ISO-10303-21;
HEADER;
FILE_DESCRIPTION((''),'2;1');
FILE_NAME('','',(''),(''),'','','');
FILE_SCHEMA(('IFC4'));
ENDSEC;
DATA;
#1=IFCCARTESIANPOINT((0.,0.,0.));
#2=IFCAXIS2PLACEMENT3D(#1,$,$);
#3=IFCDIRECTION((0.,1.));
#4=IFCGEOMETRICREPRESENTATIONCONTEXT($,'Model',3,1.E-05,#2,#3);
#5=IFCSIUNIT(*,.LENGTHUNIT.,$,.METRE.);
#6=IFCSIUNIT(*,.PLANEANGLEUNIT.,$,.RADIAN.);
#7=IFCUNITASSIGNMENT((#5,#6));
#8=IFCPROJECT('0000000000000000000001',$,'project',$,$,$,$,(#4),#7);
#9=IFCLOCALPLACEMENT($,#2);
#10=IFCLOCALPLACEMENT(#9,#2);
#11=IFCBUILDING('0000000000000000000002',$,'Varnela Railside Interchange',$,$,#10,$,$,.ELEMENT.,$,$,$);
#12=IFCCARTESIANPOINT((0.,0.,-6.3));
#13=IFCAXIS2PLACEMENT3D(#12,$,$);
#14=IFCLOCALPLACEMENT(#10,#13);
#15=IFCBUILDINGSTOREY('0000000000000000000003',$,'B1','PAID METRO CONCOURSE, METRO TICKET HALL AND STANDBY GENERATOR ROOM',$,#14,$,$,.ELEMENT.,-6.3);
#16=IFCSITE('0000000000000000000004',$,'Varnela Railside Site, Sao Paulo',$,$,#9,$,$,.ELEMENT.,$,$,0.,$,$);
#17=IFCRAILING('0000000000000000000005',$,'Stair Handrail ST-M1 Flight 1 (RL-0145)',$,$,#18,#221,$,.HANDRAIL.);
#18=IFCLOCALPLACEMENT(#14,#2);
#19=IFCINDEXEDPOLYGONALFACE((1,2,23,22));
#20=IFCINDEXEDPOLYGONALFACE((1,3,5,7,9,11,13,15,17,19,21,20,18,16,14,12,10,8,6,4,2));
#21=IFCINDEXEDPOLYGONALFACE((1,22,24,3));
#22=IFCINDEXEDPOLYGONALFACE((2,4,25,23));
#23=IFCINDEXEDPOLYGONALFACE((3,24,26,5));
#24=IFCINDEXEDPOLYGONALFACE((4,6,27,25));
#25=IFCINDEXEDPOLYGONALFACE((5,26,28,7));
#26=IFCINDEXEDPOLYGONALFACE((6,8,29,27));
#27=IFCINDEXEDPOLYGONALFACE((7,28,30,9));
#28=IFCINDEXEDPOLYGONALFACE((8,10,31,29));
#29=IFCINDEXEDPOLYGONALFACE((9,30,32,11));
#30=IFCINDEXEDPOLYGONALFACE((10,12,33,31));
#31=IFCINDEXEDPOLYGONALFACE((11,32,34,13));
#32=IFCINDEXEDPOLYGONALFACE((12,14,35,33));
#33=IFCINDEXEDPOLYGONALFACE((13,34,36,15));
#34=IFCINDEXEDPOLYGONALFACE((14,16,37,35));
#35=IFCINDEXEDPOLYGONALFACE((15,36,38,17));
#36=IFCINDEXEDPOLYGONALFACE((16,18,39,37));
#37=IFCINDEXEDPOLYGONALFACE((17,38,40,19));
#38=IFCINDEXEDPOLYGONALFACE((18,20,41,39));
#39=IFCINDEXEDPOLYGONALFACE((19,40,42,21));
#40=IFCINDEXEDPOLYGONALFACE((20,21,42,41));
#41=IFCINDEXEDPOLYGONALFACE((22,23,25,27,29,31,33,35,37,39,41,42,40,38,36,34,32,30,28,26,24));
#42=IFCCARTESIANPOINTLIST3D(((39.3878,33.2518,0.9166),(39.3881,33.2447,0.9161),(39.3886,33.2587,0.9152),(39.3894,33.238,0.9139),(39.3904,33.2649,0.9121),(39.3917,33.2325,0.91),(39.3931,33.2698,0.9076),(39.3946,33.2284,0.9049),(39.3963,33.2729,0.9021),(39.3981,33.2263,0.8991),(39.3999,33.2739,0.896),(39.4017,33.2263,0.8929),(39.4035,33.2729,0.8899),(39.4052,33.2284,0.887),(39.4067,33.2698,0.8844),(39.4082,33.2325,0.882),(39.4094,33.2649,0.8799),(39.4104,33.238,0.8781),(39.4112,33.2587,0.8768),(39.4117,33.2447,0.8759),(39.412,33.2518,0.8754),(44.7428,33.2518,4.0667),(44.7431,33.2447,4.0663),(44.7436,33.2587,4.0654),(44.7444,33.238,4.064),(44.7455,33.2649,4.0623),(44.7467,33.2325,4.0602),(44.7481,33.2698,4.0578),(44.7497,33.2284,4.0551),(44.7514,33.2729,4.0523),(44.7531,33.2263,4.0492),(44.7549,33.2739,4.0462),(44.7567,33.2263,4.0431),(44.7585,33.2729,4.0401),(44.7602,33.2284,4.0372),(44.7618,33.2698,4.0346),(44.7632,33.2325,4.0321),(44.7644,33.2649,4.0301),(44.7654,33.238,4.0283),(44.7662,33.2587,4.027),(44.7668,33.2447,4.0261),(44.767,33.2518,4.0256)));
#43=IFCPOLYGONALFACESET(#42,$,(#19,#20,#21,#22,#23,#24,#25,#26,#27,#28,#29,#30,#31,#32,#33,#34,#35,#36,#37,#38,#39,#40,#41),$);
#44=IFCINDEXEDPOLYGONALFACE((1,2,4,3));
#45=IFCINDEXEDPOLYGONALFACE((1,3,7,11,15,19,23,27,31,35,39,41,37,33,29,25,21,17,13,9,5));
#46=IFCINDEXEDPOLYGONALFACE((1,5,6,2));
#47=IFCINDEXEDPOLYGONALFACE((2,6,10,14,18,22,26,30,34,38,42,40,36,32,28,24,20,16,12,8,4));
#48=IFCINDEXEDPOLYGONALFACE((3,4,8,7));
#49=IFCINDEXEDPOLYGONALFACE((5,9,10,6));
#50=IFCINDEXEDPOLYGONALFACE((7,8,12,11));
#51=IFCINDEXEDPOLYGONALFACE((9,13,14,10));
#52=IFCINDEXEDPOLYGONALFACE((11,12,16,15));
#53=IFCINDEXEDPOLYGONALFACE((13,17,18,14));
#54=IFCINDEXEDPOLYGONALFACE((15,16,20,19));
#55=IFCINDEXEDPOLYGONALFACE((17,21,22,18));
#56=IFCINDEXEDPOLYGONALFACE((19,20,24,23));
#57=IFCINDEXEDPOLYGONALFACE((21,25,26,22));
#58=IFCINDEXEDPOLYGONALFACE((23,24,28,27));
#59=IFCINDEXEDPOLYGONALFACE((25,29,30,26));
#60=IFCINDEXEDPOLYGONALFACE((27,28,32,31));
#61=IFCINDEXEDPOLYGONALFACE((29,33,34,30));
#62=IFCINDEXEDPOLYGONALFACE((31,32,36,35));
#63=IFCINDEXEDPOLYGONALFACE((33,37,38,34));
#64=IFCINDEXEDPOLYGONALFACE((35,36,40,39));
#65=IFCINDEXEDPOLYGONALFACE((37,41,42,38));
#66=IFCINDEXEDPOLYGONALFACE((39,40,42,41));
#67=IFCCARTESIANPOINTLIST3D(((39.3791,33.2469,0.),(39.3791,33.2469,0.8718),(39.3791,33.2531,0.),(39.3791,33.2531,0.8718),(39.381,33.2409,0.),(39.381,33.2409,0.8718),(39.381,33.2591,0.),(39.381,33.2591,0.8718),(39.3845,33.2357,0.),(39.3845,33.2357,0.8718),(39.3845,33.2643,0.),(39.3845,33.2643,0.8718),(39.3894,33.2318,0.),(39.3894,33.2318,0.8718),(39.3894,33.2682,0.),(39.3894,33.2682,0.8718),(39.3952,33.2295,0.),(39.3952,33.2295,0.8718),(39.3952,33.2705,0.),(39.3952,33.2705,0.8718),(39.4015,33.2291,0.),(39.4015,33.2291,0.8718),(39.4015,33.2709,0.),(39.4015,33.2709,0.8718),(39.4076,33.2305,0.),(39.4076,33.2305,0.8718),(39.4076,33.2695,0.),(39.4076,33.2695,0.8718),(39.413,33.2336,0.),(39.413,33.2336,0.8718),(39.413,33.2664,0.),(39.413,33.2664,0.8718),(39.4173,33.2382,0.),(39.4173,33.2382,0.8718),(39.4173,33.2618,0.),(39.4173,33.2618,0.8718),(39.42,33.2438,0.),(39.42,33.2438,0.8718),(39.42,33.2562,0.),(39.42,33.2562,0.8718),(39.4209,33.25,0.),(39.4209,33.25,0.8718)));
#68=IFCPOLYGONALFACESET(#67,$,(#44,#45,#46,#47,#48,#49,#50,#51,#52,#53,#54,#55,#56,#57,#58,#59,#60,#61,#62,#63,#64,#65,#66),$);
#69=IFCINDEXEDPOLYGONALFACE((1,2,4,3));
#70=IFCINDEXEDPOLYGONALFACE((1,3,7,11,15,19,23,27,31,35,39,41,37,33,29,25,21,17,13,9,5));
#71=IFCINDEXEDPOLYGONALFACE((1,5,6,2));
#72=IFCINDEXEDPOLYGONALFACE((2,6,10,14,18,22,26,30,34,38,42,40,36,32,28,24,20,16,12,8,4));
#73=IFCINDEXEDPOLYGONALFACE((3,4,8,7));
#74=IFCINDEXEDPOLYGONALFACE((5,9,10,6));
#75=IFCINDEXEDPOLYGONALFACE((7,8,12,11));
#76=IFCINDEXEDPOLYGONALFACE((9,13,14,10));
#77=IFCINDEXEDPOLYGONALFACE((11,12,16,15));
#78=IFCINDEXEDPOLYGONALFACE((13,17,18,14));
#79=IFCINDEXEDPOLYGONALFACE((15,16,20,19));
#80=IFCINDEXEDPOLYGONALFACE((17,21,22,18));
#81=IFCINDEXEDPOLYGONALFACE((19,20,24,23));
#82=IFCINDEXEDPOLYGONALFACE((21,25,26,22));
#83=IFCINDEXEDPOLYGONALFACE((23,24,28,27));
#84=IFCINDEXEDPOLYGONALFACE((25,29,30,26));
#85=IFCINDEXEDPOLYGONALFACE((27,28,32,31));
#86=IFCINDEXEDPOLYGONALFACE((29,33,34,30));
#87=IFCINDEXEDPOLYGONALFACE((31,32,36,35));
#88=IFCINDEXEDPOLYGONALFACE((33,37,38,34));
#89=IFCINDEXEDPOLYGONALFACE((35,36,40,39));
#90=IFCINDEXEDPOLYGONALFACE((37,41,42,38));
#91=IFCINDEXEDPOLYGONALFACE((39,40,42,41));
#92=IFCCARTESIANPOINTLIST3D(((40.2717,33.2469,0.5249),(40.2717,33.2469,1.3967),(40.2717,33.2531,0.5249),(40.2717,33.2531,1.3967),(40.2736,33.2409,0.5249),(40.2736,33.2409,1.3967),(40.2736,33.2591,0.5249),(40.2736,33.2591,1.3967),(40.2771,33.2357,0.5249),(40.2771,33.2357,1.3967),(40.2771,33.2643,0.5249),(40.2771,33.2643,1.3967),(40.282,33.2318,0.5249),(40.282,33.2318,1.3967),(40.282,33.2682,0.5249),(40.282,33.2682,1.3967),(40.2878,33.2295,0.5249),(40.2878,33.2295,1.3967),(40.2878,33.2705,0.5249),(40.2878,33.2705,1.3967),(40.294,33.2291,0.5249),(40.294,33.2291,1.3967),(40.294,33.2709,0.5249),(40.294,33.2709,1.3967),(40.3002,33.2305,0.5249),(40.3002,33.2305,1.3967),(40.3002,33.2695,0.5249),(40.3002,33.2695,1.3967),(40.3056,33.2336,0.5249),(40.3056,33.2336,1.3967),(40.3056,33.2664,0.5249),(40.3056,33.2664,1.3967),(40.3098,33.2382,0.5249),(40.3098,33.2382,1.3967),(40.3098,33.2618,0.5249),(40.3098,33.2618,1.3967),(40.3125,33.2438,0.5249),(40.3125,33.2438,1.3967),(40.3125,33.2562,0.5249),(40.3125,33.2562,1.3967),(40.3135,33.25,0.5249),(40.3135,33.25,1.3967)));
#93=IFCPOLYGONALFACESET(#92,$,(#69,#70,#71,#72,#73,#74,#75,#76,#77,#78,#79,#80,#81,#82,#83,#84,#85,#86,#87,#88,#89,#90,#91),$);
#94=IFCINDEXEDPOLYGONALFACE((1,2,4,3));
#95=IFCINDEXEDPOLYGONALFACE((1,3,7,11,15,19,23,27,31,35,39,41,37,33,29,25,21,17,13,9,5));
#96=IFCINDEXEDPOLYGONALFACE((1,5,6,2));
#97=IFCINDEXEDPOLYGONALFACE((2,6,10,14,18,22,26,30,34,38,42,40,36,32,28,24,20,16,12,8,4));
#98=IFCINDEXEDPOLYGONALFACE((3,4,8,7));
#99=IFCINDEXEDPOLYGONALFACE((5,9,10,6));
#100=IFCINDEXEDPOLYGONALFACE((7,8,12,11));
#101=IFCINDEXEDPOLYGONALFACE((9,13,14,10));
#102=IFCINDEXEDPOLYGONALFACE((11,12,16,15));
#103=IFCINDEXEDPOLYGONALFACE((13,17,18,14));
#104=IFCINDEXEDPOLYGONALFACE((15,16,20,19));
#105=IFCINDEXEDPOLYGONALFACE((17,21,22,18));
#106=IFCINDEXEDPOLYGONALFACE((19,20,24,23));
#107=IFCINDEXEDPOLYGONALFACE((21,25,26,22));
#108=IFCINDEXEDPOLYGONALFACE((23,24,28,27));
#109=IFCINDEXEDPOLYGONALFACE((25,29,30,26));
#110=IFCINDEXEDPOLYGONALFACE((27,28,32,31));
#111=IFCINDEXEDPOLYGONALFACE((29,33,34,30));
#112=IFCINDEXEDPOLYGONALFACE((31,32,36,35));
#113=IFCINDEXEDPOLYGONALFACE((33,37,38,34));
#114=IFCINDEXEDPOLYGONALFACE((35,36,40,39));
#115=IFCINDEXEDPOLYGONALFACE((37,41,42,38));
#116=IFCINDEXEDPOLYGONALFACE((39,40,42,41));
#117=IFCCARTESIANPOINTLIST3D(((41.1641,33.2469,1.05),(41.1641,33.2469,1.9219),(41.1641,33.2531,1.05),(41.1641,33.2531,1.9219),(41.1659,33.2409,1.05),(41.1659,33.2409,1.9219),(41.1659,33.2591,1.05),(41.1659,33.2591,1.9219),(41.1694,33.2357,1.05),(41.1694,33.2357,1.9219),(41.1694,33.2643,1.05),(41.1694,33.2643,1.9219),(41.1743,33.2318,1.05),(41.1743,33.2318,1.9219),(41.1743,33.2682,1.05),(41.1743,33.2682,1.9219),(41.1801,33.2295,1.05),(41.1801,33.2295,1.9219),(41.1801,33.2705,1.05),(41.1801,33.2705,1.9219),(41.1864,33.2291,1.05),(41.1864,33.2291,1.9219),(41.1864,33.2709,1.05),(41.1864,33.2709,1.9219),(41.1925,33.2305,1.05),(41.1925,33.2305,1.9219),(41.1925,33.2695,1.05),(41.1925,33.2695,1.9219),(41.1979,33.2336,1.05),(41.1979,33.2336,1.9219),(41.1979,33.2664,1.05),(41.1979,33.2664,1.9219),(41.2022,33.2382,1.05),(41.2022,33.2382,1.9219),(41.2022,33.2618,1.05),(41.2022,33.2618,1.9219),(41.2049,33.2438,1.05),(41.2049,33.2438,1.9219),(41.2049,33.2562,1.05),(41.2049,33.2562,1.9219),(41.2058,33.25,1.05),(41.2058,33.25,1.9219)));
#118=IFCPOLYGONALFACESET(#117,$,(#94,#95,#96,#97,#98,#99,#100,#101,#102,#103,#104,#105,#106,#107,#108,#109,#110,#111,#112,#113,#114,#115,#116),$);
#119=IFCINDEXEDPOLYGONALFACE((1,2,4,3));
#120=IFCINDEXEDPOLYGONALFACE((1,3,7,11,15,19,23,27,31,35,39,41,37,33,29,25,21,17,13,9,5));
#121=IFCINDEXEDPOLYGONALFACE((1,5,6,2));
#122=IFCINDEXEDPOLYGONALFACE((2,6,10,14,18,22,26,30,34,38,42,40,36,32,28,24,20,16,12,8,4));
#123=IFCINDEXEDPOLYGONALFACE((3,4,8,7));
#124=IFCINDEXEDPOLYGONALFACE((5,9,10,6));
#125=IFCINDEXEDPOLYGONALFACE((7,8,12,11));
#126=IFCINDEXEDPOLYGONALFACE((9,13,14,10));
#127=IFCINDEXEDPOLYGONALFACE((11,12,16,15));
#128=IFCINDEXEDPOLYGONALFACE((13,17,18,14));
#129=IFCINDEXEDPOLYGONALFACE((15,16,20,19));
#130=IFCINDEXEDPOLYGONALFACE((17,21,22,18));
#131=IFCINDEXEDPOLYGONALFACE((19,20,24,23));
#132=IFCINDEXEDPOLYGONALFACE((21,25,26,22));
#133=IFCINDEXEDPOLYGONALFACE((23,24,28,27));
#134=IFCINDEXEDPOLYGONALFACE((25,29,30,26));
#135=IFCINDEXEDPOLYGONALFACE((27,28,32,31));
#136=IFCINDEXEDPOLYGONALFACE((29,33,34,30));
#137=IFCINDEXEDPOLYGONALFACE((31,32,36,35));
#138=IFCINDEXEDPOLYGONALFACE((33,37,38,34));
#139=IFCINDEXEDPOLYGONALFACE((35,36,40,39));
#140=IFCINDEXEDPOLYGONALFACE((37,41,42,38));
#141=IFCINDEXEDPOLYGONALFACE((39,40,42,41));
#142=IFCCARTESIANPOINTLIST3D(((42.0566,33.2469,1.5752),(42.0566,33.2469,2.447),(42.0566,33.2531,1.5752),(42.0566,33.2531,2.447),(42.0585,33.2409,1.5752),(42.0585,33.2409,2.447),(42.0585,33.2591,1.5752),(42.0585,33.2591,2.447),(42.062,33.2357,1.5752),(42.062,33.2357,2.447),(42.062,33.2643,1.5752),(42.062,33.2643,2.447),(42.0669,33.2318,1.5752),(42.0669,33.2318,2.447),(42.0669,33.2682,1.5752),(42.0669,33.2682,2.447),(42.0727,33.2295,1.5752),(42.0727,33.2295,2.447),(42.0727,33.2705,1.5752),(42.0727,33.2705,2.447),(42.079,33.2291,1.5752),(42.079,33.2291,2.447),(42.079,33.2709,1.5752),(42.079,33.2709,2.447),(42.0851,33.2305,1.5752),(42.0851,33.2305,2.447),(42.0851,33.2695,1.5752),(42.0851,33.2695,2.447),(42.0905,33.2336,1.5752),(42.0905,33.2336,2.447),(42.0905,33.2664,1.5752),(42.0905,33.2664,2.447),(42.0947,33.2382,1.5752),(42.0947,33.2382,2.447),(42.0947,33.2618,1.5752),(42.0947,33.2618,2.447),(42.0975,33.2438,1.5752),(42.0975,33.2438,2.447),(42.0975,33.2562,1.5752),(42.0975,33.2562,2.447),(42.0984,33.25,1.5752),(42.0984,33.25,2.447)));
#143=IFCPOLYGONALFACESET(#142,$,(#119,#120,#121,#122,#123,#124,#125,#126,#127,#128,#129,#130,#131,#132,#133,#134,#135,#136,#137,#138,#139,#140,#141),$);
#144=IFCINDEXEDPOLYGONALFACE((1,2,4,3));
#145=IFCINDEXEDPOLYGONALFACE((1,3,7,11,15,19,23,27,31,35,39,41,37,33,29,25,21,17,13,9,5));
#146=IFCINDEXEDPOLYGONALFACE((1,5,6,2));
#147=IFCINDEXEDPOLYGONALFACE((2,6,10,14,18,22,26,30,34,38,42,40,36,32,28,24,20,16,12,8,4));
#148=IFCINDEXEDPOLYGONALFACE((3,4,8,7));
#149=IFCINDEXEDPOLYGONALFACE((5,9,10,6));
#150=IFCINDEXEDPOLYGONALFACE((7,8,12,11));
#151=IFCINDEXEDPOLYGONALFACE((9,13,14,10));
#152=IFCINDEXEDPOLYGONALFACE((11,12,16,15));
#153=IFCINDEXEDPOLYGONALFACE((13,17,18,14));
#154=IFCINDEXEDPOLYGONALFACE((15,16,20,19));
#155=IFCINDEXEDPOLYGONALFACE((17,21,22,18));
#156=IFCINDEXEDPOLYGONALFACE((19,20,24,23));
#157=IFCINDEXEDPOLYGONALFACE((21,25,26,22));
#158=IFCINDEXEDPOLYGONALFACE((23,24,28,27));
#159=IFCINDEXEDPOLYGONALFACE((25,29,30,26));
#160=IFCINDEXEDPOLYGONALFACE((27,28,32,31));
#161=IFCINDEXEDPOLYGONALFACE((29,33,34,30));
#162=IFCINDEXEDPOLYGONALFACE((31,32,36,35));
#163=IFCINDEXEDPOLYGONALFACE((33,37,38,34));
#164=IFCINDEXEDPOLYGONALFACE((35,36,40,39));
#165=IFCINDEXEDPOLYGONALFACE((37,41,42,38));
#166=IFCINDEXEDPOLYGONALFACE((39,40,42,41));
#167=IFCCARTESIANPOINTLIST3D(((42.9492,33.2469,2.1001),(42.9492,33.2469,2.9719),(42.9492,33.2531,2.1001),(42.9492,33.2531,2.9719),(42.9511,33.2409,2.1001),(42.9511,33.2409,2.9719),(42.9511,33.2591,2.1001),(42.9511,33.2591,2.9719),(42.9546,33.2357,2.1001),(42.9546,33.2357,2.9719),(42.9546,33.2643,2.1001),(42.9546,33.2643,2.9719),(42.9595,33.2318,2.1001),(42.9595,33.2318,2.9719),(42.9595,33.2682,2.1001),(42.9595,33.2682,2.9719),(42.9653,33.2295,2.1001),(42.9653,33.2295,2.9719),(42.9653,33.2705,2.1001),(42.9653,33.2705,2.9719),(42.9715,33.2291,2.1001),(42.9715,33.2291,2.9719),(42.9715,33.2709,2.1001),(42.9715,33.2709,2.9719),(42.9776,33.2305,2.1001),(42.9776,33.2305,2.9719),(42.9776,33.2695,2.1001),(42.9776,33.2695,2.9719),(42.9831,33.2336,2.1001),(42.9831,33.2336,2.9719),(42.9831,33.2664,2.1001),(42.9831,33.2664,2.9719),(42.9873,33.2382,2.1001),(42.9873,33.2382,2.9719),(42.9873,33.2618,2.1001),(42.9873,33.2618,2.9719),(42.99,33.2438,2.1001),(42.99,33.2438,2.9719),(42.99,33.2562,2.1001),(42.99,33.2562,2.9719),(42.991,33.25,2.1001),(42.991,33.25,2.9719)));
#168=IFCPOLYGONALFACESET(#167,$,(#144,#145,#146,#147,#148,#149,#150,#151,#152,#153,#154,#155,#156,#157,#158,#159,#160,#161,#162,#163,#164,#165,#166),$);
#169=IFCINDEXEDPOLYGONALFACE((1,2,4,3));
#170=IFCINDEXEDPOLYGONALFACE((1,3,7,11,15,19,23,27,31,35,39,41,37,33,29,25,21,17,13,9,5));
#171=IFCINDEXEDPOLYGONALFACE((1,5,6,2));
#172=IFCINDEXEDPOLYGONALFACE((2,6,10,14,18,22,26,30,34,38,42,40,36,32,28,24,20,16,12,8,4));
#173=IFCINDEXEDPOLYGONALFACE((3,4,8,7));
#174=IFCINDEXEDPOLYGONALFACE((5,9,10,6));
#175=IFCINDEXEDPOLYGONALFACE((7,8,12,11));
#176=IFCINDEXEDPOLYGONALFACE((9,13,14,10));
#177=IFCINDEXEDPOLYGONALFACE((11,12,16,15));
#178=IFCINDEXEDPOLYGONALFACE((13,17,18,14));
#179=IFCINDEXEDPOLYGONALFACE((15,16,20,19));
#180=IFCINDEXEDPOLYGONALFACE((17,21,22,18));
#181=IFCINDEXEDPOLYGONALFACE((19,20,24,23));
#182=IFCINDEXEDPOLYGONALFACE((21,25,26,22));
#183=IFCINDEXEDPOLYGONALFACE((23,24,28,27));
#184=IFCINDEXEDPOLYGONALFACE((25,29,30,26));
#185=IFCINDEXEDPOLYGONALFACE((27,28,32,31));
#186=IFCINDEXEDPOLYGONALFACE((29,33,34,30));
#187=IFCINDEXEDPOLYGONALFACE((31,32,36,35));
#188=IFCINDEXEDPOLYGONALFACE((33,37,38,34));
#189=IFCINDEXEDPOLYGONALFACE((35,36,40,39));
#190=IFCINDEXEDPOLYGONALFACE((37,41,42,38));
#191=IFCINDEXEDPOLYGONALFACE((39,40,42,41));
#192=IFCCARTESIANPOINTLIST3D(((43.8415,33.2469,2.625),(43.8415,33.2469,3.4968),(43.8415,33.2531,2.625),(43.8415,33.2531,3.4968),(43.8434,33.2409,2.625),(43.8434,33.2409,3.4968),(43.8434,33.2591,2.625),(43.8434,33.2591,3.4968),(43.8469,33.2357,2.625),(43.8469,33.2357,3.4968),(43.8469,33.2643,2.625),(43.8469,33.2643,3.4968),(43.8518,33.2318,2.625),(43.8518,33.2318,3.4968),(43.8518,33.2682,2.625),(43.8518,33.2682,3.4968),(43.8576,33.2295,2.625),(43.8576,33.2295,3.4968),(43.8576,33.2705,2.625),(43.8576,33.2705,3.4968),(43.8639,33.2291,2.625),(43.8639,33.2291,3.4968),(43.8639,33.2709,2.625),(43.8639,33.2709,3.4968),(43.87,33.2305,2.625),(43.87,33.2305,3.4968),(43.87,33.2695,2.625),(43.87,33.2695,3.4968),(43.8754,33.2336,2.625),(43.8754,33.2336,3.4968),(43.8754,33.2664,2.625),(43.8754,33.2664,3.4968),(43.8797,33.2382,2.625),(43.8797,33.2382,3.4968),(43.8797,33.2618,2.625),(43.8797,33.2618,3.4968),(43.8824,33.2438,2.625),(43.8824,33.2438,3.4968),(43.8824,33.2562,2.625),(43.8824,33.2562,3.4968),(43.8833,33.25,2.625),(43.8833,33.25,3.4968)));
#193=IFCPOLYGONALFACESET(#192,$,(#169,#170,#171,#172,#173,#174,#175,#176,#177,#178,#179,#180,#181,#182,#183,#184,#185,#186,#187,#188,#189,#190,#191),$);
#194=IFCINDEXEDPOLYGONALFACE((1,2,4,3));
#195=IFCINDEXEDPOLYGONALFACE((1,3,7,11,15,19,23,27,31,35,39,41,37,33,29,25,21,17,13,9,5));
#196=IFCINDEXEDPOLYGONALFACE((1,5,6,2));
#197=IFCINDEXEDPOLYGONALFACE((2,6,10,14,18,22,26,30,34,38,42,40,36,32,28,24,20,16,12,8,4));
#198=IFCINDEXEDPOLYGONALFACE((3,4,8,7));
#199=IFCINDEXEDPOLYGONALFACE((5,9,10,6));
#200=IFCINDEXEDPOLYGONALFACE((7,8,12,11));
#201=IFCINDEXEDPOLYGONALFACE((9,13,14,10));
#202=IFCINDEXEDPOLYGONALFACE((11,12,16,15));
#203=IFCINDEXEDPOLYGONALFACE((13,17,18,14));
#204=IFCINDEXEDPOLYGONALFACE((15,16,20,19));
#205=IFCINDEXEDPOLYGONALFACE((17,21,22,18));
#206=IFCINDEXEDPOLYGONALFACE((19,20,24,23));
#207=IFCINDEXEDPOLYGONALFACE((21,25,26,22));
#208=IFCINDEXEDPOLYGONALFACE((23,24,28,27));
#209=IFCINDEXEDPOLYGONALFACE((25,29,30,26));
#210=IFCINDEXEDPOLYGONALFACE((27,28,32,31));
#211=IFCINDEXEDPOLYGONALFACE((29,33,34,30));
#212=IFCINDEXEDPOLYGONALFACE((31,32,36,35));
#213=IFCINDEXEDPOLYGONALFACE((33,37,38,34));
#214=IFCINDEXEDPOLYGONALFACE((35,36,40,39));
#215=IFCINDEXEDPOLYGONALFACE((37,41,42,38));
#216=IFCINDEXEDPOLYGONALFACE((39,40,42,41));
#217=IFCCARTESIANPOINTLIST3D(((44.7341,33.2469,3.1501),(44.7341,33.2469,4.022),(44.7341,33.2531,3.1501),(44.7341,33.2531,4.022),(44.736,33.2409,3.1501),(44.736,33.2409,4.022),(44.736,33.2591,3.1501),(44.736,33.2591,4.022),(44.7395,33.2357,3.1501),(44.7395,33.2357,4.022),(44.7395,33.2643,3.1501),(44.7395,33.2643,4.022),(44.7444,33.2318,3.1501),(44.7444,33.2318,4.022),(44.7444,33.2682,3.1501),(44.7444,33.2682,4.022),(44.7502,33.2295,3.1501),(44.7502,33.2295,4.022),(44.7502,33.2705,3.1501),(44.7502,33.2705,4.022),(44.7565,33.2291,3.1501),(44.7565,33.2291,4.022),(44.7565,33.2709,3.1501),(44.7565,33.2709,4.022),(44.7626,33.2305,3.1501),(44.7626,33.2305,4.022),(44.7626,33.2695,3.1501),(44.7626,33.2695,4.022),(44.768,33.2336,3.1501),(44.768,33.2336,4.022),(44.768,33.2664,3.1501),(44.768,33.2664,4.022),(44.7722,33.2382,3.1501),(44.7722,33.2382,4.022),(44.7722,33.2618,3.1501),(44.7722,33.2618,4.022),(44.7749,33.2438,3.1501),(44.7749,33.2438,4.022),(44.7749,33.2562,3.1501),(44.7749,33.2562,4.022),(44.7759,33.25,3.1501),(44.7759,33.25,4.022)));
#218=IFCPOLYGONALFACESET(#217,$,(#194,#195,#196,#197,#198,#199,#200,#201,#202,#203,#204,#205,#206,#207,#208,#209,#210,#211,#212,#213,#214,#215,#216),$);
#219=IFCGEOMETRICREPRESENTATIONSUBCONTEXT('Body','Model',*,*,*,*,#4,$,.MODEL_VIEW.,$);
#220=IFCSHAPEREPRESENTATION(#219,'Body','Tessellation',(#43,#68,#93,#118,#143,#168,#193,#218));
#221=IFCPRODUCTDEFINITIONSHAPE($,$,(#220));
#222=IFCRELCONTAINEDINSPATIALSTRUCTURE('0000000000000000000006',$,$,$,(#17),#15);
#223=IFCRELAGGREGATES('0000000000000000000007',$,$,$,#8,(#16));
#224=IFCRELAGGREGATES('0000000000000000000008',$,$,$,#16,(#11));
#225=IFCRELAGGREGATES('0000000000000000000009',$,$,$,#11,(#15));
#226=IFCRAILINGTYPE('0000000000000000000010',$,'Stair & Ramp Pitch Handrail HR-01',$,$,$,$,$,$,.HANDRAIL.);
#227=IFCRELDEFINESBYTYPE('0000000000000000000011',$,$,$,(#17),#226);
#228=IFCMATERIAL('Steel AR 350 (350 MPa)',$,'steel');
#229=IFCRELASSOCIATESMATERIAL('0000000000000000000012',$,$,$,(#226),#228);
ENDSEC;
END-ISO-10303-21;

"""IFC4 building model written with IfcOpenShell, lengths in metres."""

from ifc_helpers import new_model, si_unit, direction, frame, origin, origin_2d, place, context, subcontext, project, spatial, circle, extrude, material, type_object, element, save


model = new_model("IFC4")

# Units and contexts
model_context = context("Model", 3, precision=1e-05, world=origin(), true_north=direction((0.0, 1.0)))
body_context = subcontext(model_context, "Body", "Model", "MODEL_VIEW")
ifc_project = project(units=[si_unit("LENGTHUNIT", "METRE"), si_unit("PLANEANGLEUNIT", "RADIAN")], contexts=[model_context])

# Site, building, storey
site_placement = place(None, origin())
site = spatial("IfcSite", under=ifc_project, at=site_placement, Name="Varnela Railside Site, Sao Paulo", CompositionType="ELEMENT", RefElevation=0.0)
building_placement = place(site_placement, origin())
building = spatial("IfcBuilding", under=site, at=building_placement, Name="Varnela Railside Interchange", CompositionType="ELEMENT")
storey_placement = place(building_placement, frame((0.0, 0.0, -6.3)))
storey = spatial("IfcBuildingStorey", under=building, at=storey_placement, Name="B1", Description="PAID METRO CONCOURSE, METRO TICKET HALL AND STANDBY GENERATOR ROOM", CompositionType="ELEMENT", Elevation=-6.3)

# Shared definitions
ifc_material_1 = material(Name="Steel AR 350 (350 MPa)", Category="steel")

# Railing
railing_type_1 = type_object("IfcRailingType", Name="Stair & Ramp Pitch Handrail HR-01", PredefinedType="HANDRAIL", material=ifc_material_1)
railing_1_placement = place(storey_placement, frame((39.3999, 33.25, 0.0)))
element("IfcRailing", 1, at=railing_1_placement, inside=storey, type_object=railing_type_1, Name="Stair Handrail ST-M1 Flight 1 (RL-0145)", PredefinedType="HANDRAIL", context=body_context, shape_type="SweptSolid", body=[
    extrude(circle(Radius=0.0239, at=origin_2d()), frame((0.0, 0.0, 0.896), z_axis=(0.861923, 0.0, 0.507039), x_axis=(0.0, 1.0, 0.0)), (0.0, 0.0, 1.0), 6.2129),
    extrude(circle(Radius=0.021, at=origin_2d()), origin(), (0.0, 0.0, 1.0), 0.8718),
    extrude(circle(Radius=0.021, at=origin_2d()), frame((0.8926, 0.0, 0.5249)), (0.0, 0.0, 1.0), 0.8718),
    extrude(circle(Radius=0.021, at=origin_2d()), frame((1.7849, 0.0, 1.05)), (0.0, 0.0, 1.0), 0.8718),
    extrude(circle(Radius=0.021, at=origin_2d()), frame((2.6775, 0.0, 1.5752)), (0.0, 0.0, 1.0), 0.8718),
    extrude(circle(Radius=0.021, at=origin_2d()), frame((3.5701, 0.0, 2.1001)), (0.0, 0.0, 1.0), 0.8718),
    extrude(circle(Radius=0.021, at=origin_2d()), frame((4.4624, 0.0, 2.625)), (0.0, 0.0, 1.0), 0.8718),
    extrude(circle(Radius=0.021, at=origin_2d()), frame((5.355, 0.0, 3.1501)), (0.0, 0.0, 1.0), 0.8718),
])

save(model, "model.ifc")
